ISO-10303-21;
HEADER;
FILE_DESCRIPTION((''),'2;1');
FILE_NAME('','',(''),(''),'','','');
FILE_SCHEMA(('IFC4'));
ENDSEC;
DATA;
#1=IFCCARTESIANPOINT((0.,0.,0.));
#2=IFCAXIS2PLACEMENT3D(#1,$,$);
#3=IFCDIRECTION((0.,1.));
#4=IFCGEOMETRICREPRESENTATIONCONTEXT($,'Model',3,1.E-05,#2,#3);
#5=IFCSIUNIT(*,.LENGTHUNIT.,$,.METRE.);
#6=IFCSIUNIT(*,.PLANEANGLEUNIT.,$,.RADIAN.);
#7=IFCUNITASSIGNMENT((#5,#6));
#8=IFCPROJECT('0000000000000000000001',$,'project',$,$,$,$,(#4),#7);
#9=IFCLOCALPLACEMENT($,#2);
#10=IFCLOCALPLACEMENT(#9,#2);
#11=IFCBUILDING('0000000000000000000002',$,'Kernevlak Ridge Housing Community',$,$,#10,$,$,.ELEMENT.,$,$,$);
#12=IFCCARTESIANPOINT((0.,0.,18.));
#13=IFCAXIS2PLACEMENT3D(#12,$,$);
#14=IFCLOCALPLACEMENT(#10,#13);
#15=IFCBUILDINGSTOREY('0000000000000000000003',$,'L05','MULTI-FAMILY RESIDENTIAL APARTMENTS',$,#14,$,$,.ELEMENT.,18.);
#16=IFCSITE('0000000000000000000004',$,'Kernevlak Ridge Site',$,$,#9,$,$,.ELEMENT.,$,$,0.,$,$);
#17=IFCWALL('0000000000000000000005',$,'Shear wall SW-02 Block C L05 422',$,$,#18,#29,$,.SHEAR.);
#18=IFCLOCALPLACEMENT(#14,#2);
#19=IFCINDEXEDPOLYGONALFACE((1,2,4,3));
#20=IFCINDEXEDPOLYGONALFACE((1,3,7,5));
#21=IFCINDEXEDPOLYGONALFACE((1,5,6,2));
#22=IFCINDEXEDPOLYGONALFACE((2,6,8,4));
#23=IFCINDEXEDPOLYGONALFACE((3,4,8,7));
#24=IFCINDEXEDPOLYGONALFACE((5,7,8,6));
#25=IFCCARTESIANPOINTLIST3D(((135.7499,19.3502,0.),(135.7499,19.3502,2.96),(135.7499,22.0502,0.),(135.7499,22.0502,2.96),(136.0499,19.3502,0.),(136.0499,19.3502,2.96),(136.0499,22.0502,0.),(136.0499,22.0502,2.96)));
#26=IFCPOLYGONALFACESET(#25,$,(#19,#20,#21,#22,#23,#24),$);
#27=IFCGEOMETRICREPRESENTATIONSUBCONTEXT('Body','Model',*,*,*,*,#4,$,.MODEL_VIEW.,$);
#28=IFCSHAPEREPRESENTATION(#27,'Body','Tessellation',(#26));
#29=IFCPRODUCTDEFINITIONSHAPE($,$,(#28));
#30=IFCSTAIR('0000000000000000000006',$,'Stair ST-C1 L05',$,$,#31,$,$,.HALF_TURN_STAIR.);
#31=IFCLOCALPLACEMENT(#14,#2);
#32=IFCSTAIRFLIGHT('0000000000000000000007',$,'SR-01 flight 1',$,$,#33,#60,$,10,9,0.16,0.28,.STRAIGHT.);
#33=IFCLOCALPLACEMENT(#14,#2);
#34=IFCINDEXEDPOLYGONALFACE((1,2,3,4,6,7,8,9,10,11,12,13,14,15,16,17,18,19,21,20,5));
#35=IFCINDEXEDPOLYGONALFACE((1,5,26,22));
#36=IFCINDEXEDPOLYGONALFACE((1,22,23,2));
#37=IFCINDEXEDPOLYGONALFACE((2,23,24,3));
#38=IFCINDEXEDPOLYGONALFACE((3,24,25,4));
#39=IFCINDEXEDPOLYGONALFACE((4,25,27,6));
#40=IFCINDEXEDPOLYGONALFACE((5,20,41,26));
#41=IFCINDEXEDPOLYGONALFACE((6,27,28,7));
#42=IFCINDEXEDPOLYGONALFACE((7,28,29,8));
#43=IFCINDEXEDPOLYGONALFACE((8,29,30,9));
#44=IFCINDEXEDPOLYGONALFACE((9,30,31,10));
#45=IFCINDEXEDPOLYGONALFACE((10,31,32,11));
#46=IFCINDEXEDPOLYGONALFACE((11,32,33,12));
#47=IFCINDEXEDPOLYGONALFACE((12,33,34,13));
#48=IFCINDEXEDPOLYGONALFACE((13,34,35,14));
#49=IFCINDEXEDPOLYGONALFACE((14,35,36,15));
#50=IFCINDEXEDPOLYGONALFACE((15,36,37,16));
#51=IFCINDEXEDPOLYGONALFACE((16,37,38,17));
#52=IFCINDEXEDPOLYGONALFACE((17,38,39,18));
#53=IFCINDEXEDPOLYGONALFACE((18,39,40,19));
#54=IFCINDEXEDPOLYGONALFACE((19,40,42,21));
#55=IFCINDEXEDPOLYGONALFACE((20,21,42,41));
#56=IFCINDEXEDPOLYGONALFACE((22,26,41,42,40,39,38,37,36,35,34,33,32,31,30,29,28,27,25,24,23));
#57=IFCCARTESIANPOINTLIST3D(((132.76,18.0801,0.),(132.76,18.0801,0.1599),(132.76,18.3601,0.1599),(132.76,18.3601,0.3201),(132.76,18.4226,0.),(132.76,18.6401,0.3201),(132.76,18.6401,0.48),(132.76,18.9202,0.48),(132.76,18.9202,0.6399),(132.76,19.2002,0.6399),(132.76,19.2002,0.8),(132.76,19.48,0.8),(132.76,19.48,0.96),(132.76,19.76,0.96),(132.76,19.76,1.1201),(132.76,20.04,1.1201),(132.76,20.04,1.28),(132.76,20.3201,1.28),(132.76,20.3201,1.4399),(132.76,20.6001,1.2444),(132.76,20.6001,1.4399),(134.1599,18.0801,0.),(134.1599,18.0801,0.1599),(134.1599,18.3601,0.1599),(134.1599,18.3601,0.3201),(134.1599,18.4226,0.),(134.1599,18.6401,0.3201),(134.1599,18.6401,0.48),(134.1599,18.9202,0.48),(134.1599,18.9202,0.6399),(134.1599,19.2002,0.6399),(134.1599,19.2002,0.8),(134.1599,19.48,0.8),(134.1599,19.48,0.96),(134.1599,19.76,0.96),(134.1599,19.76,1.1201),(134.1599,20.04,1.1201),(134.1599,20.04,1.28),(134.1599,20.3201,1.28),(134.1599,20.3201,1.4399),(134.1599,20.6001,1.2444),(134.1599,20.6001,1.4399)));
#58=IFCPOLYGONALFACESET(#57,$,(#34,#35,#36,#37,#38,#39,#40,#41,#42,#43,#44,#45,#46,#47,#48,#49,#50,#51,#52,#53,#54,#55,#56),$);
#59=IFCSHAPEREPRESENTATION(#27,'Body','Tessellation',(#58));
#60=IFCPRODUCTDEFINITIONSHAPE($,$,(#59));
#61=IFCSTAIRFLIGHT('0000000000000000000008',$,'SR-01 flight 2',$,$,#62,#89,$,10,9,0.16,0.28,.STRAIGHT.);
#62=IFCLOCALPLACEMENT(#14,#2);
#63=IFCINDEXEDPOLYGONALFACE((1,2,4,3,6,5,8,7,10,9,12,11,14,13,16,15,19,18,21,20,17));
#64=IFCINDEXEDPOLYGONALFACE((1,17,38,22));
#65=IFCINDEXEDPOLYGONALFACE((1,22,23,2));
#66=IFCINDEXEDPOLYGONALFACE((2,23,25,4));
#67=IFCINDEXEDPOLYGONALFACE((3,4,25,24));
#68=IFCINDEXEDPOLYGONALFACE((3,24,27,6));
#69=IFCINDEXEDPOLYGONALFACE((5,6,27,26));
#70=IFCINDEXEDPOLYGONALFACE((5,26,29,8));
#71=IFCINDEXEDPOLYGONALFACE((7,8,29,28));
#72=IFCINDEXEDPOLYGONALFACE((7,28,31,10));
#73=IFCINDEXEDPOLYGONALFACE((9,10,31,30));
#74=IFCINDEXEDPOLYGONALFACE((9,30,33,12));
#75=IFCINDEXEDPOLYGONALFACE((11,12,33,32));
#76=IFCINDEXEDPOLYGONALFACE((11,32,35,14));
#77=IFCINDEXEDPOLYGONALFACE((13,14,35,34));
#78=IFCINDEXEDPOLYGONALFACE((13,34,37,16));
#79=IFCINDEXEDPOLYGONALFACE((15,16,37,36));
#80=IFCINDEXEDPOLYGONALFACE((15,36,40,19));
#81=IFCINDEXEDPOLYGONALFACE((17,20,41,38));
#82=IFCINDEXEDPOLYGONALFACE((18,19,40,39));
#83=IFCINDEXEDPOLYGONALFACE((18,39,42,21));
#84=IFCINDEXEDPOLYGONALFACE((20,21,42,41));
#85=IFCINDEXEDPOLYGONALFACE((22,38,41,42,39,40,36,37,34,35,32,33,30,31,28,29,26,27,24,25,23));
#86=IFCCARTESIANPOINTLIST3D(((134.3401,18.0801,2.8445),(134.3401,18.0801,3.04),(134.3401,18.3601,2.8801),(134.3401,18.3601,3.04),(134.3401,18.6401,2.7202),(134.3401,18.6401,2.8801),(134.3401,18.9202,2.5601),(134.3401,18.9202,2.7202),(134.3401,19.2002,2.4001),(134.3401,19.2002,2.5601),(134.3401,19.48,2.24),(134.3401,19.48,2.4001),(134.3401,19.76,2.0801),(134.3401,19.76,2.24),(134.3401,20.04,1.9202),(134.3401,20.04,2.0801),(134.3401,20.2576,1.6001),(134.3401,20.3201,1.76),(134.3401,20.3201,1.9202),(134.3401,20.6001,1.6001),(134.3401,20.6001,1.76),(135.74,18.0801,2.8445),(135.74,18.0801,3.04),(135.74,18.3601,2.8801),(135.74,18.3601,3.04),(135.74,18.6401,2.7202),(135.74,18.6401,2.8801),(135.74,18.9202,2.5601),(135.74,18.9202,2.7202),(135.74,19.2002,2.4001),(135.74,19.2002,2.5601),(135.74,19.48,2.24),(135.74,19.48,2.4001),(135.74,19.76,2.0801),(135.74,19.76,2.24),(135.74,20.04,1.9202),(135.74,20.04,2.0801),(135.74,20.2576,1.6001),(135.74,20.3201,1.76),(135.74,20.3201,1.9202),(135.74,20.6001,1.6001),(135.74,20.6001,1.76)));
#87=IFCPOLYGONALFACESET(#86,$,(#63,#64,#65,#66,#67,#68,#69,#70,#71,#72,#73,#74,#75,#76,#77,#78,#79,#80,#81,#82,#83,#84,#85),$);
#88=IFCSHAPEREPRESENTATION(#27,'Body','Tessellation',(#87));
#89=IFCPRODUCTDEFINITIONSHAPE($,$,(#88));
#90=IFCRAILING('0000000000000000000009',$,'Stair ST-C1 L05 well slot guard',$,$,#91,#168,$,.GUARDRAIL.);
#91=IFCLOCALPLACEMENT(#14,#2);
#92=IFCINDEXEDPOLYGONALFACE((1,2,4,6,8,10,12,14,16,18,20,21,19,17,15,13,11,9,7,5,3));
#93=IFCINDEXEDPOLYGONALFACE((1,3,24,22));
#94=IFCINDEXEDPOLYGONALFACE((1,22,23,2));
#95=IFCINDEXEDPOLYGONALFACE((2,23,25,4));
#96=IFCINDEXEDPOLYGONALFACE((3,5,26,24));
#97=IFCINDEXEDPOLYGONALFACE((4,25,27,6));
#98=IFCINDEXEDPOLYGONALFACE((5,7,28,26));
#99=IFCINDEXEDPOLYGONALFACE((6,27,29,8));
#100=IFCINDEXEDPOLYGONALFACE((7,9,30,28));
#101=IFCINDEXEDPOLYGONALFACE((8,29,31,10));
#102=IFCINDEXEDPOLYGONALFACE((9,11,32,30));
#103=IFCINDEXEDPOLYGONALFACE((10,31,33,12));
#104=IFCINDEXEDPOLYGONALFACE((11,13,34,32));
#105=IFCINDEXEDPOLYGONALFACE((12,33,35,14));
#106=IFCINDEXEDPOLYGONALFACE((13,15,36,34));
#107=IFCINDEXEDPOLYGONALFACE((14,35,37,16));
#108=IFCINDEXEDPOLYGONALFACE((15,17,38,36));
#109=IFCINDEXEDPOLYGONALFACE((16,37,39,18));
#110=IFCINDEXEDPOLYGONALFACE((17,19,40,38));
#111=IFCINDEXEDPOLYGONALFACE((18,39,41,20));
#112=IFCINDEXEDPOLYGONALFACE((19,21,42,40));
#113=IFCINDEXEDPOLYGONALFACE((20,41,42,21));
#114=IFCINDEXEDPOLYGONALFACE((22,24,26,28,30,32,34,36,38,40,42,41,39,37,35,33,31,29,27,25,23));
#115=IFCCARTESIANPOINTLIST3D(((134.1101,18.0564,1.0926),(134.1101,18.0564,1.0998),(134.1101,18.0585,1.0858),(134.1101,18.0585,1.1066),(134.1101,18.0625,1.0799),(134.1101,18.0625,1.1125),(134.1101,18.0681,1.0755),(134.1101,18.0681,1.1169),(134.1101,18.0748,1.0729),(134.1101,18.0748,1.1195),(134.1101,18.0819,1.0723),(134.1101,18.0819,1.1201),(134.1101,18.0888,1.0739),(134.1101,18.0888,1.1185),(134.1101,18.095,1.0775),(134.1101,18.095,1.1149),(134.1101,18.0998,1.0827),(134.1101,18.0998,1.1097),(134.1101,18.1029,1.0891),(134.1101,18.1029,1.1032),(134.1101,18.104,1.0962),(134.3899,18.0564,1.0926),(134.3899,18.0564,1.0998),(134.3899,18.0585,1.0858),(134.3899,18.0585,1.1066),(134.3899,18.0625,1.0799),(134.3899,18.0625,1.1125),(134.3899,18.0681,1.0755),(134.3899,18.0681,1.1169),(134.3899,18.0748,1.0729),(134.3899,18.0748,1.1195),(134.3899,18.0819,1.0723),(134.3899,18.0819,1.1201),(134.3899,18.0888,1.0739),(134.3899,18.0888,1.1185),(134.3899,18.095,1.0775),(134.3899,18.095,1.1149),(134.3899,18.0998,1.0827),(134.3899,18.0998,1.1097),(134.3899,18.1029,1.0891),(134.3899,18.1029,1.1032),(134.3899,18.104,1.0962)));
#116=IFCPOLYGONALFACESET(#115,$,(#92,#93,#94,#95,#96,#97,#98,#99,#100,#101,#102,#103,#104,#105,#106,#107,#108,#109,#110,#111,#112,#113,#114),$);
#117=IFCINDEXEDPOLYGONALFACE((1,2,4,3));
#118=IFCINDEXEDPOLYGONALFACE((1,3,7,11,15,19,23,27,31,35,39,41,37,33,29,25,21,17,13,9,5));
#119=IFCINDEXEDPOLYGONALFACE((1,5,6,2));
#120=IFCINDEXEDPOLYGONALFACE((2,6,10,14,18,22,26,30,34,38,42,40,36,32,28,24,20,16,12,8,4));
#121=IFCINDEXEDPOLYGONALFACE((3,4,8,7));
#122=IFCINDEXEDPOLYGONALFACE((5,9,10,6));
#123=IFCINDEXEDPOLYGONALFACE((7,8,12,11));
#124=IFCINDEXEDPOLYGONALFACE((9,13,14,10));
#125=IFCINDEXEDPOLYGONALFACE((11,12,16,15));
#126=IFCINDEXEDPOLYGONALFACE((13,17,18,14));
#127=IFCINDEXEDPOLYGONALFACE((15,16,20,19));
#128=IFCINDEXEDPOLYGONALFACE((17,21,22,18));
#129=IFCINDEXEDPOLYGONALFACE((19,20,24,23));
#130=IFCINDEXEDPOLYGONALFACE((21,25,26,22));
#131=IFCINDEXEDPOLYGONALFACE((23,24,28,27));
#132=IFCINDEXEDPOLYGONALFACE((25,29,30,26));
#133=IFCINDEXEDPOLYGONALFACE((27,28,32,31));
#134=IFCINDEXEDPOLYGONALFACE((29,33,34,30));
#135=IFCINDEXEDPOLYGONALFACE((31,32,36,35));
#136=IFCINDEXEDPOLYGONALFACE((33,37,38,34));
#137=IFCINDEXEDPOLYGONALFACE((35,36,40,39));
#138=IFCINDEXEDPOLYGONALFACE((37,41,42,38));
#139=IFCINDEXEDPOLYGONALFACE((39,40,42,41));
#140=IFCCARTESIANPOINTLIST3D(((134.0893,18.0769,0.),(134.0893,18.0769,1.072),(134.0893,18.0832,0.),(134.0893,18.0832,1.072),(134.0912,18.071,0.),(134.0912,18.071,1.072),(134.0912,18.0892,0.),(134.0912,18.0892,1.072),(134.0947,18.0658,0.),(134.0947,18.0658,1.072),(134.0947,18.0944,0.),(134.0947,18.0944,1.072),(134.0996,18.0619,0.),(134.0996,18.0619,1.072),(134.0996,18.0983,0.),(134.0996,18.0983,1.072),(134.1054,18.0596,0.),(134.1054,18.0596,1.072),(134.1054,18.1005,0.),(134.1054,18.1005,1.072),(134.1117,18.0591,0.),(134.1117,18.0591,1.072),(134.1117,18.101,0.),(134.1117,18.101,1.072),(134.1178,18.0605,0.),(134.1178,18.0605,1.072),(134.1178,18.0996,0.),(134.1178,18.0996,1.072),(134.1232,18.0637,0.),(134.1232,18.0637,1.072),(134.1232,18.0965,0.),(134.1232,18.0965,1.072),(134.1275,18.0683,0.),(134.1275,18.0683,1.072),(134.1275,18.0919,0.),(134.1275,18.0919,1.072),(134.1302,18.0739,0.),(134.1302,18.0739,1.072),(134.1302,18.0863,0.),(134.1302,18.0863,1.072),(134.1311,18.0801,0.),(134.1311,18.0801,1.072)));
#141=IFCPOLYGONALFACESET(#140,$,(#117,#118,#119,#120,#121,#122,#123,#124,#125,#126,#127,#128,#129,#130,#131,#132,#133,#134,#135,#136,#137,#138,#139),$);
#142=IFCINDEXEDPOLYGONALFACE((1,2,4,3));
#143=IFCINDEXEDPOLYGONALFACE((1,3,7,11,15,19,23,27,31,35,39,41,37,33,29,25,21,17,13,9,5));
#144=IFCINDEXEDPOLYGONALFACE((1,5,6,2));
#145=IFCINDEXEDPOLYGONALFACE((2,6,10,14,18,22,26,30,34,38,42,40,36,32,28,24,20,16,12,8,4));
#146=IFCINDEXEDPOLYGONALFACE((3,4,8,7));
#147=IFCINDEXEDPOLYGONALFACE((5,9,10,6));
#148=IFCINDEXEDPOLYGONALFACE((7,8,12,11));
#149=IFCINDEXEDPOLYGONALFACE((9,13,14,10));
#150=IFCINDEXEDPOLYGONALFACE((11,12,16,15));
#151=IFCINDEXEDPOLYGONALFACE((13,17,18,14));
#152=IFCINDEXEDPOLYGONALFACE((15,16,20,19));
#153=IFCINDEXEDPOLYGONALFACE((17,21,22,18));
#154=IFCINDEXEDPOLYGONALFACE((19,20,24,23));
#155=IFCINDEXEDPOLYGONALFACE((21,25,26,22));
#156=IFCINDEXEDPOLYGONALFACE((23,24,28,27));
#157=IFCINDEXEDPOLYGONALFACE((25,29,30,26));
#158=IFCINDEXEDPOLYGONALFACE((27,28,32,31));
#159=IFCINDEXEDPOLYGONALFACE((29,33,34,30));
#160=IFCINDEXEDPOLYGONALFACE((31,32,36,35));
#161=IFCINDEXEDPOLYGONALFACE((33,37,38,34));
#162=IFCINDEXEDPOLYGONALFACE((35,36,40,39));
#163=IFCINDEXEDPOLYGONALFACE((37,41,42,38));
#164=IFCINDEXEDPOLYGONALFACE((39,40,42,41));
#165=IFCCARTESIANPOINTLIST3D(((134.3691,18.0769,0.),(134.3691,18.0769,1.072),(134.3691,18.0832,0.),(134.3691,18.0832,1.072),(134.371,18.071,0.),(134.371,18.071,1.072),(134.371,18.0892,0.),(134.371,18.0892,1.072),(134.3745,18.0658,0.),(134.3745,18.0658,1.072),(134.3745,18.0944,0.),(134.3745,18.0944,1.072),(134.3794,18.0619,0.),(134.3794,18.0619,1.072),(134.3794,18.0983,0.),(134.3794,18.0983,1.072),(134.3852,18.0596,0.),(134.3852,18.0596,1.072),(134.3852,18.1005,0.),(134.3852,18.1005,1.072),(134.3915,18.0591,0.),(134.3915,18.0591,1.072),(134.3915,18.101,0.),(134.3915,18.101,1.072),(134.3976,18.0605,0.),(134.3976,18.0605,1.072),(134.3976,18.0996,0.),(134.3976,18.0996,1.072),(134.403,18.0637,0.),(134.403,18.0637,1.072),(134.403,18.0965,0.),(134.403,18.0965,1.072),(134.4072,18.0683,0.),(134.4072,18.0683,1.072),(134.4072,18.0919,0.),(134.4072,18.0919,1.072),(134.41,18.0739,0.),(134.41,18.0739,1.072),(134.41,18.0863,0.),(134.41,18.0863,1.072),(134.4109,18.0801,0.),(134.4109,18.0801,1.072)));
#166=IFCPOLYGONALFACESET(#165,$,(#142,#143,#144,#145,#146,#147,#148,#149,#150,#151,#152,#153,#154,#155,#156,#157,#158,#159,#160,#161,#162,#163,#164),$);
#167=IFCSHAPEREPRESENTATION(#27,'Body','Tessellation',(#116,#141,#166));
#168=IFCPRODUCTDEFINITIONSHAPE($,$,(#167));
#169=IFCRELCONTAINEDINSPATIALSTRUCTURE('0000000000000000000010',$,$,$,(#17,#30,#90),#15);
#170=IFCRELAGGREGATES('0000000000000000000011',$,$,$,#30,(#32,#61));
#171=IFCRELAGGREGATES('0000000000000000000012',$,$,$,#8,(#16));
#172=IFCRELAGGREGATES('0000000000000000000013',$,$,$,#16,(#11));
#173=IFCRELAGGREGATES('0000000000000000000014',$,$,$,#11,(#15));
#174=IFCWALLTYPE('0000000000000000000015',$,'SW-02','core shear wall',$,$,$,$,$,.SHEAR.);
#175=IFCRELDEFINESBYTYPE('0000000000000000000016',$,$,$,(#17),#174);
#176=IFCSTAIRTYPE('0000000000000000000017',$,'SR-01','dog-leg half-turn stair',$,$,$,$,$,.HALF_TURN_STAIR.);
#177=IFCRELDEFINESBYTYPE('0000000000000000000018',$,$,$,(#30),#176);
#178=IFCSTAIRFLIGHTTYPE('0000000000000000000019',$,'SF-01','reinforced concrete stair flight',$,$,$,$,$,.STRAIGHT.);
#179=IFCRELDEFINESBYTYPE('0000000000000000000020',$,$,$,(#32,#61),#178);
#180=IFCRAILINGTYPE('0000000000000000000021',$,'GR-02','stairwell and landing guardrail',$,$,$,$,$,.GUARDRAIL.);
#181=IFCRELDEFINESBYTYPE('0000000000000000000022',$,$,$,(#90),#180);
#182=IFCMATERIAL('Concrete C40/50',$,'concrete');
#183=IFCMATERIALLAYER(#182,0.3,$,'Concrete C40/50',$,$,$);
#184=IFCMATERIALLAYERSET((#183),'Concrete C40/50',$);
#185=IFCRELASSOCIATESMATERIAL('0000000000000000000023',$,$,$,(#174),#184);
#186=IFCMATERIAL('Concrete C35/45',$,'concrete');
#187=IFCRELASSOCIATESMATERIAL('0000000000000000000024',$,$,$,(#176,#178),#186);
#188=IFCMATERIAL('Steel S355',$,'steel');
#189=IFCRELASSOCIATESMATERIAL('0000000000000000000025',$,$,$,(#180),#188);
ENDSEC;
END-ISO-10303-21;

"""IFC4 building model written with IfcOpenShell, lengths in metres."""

from ifc_helpers import new_model, si_unit, direction, frame, frame_2d, origin, origin_2d, place, context, subcontext, project, spatial, polyline, rectangle, circle, outline, extrude, material, layer, layer_set, type_object, element, aggregate, save


model = new_model("IFC4")

# Units and contexts
model_context = context("Model", 3, precision=1e-05, world=origin(), true_north=direction((0.0, 1.0)))
body_context = subcontext(model_context, "Body", "Model", "MODEL_VIEW")
ifc_project = project(units=[si_unit("LENGTHUNIT", "METRE"), si_unit("PLANEANGLEUNIT", "RADIAN")], contexts=[model_context])

# Site, building, storey
site_placement = place(None, origin())
site = spatial("IfcSite", under=ifc_project, at=site_placement, Name="Kernevlak Ridge Site", CompositionType="ELEMENT", RefElevation=0.0)
building_placement = place(site_placement, origin())
building = spatial("IfcBuilding", under=site, at=building_placement, Name="Kernevlak Ridge Housing Community", CompositionType="ELEMENT")
storey_placement = place(building_placement, frame((0.0, 0.0, 18.0)))
storey = spatial("IfcBuildingStorey", under=building, at=storey_placement, Name="L05", Description="MULTI-FAMILY RESIDENTIAL APARTMENTS", CompositionType="ELEMENT", Elevation=18.0)

# Shared definitions
ifc_material_1 = material(Name="Concrete C35/45", Category="concrete")

# Wall
ifc_material_2 = material(Name="Concrete C40/50", Category="concrete")
ifc_layer_1 = layer(ifc_material_2, 0.3, Name="Concrete C40/50")
ifc_layer_set_1 = layer_set([ifc_layer_1], Name="Concrete C40/50")
wall_type_1 = type_object("IfcWallType", Name="SW-02", Description="core shear wall", PredefinedType="SHEAR", material=ifc_layer_set_1)
wall_1_placement = place(storey_placement, frame((135.8999, 19.3501, 0.0), z_axis=(0.0, 0.0, 1.0), x_axis=(0.0, 1.0, 0.0)))
element("IfcWall", 1, at=wall_1_placement, inside=storey, type_object=wall_type_1, Name="Shear wall SW-02 Block C L05 422", PredefinedType="SHEAR", context=body_context, shape_type="SweptSolid", body=[
    extrude(rectangle(XDim=2.7, YDim=0.3, at=frame_2d((1.3501, 0.0))), origin(), (0.0, 0.0, 1.0), 2.96),
])

# Stair, stair flights
stair_type = type_object("IfcStairType", Name="SR-01", Description="dog-leg half-turn stair", PredefinedType="HALF_TURN_STAIR", material=ifc_material_1)
stair_placement = place(storey_placement, origin())
stair = element("IfcStair", 2, at=stair_placement, inside=storey, type_object=stair_type, Name="Stair ST-C1 L05", PredefinedType="HALF_TURN_STAIR")
stair_flight_type = type_object("IfcStairFlightType", Name="SF-01", Description="reinforced concrete stair flight", PredefinedType="STRAIGHT", material=ifc_material_1)
stair_flight_1_placement = place(storey_placement, frame((133.46, 18.0801, 0.0), z_axis=(0.0, 0.0, 1.0), x_axis=(0.0, 1.0, 0.0)))
stair_flight_1 = element("IfcStairFlight", 3, at=stair_flight_1_placement, type_object=stair_flight_type, Name="SR-01 flight 1", NumberOfRisers=10, NumberOfTreads=9, PredefinedType="STRAIGHT", RiserHeight=0.16, TreadLength=0.28, context=body_context, shape_type="SweptSolid", body=[
    extrude(outline(polyline([(0.0, 0.0), (0.0, 0.1599), (0.28, 0.1599), (0.28, 0.3201), (0.5601, 0.3201), (0.5601, 0.48), (0.8401, 0.48), (0.8401, 0.6399), (1.1201, 0.6399), (1.1201, 0.8), (1.3999, 0.8), (1.3999, 0.96), (1.6799, 0.96), (1.6799, 1.1201), (1.96, 1.1201), (1.96, 1.28), (2.24, 1.28), (2.24, 1.4399), (2.52, 1.4399), (2.52, 1.6001), (2.52, 1.2444), (0.3425, 0.0), (0.0, 0.0)])), frame((0.0, 0.7, 0.0), z_axis=(0.0, -1.0, 0.0), x_axis=(1.0, 0.0, 0.0)), (0.0, 0.0, 1.0), 1.3999),
])
stair_flight_2_placement = place(storey_placement, frame((135.04, 20.6001, 1.6001), z_axis=(0.0, 0.0, 1.0), x_axis=(0.0, -1.0, 0.0)))
stair_flight_2 = element("IfcStairFlight", 4, at=stair_flight_2_placement, type_object=stair_flight_type, Name="SR-01 flight 2", NumberOfRisers=10, NumberOfTreads=9, PredefinedType="STRAIGHT", RiserHeight=0.16, TreadLength=0.28, context=body_context, shape_type="SweptSolid", body=[
    extrude(outline(polyline([(0.0, 0.0), (0.0, 0.1599), (0.28, 0.1599), (0.28, 0.3201), (0.5601, 0.3201), (0.5601, 0.48), (0.8401, 0.48), (0.8401, 0.6399), (1.1201, 0.6399), (1.1201, 0.8), (1.3999, 0.8), (1.3999, 0.96), (1.6799, 0.96), (1.6799, 1.1201), (1.96, 1.1201), (1.96, 1.28), (2.24, 1.28), (2.24, 1.4399), (2.52, 1.4399), (2.52, 1.6001), (2.52, 1.2444), (0.3425, 0.0), (0.0, 0.0)])), frame((0.0, 0.7, 0.0), z_axis=(0.0, -1.0, 0.0), x_axis=(1.0, 0.0, 0.0)), (0.0, 0.0, 1.0), 1.3999),
])
aggregate(stair, [stair_flight_1, stair_flight_2])

# Railing
ifc_material_3 = material(Name="Steel S355", Category="steel")
railing_type_1 = type_object("IfcRailingType", Name="GR-02", Description="stairwell and landing guardrail", PredefinedType="GUARDRAIL", material=ifc_material_3)
railing_1_placement = place(storey_placement, frame((134.1101, 18.0801, 0.0)))
element("IfcRailing", 5, at=railing_1_placement, inside=storey, type_object=railing_type_1, Name="Stair ST-C1 L05 well slot guard", PredefinedType="GUARDRAIL", context=body_context, shape_type="SweptSolid", body=[
    extrude(circle(Radius=0.0239, at=origin_2d()), frame((0.0, 0.0, 1.0962), z_axis=(1.0, 0.0, 0.0), x_axis=(0.0, 1.0, 0.0)), (0.0, 0.0, 1.0), 0.2798),
    extrude(circle(Radius=0.021, at=origin_2d()), origin(), (0.0, 0.0, 1.0), 1.072),
    extrude(circle(Radius=0.021, at=origin_2d()), frame((0.2798, 0.0, 0.0)), (0.0, 0.0, 1.0), 1.072),
])

save(model, "model.ifc")
